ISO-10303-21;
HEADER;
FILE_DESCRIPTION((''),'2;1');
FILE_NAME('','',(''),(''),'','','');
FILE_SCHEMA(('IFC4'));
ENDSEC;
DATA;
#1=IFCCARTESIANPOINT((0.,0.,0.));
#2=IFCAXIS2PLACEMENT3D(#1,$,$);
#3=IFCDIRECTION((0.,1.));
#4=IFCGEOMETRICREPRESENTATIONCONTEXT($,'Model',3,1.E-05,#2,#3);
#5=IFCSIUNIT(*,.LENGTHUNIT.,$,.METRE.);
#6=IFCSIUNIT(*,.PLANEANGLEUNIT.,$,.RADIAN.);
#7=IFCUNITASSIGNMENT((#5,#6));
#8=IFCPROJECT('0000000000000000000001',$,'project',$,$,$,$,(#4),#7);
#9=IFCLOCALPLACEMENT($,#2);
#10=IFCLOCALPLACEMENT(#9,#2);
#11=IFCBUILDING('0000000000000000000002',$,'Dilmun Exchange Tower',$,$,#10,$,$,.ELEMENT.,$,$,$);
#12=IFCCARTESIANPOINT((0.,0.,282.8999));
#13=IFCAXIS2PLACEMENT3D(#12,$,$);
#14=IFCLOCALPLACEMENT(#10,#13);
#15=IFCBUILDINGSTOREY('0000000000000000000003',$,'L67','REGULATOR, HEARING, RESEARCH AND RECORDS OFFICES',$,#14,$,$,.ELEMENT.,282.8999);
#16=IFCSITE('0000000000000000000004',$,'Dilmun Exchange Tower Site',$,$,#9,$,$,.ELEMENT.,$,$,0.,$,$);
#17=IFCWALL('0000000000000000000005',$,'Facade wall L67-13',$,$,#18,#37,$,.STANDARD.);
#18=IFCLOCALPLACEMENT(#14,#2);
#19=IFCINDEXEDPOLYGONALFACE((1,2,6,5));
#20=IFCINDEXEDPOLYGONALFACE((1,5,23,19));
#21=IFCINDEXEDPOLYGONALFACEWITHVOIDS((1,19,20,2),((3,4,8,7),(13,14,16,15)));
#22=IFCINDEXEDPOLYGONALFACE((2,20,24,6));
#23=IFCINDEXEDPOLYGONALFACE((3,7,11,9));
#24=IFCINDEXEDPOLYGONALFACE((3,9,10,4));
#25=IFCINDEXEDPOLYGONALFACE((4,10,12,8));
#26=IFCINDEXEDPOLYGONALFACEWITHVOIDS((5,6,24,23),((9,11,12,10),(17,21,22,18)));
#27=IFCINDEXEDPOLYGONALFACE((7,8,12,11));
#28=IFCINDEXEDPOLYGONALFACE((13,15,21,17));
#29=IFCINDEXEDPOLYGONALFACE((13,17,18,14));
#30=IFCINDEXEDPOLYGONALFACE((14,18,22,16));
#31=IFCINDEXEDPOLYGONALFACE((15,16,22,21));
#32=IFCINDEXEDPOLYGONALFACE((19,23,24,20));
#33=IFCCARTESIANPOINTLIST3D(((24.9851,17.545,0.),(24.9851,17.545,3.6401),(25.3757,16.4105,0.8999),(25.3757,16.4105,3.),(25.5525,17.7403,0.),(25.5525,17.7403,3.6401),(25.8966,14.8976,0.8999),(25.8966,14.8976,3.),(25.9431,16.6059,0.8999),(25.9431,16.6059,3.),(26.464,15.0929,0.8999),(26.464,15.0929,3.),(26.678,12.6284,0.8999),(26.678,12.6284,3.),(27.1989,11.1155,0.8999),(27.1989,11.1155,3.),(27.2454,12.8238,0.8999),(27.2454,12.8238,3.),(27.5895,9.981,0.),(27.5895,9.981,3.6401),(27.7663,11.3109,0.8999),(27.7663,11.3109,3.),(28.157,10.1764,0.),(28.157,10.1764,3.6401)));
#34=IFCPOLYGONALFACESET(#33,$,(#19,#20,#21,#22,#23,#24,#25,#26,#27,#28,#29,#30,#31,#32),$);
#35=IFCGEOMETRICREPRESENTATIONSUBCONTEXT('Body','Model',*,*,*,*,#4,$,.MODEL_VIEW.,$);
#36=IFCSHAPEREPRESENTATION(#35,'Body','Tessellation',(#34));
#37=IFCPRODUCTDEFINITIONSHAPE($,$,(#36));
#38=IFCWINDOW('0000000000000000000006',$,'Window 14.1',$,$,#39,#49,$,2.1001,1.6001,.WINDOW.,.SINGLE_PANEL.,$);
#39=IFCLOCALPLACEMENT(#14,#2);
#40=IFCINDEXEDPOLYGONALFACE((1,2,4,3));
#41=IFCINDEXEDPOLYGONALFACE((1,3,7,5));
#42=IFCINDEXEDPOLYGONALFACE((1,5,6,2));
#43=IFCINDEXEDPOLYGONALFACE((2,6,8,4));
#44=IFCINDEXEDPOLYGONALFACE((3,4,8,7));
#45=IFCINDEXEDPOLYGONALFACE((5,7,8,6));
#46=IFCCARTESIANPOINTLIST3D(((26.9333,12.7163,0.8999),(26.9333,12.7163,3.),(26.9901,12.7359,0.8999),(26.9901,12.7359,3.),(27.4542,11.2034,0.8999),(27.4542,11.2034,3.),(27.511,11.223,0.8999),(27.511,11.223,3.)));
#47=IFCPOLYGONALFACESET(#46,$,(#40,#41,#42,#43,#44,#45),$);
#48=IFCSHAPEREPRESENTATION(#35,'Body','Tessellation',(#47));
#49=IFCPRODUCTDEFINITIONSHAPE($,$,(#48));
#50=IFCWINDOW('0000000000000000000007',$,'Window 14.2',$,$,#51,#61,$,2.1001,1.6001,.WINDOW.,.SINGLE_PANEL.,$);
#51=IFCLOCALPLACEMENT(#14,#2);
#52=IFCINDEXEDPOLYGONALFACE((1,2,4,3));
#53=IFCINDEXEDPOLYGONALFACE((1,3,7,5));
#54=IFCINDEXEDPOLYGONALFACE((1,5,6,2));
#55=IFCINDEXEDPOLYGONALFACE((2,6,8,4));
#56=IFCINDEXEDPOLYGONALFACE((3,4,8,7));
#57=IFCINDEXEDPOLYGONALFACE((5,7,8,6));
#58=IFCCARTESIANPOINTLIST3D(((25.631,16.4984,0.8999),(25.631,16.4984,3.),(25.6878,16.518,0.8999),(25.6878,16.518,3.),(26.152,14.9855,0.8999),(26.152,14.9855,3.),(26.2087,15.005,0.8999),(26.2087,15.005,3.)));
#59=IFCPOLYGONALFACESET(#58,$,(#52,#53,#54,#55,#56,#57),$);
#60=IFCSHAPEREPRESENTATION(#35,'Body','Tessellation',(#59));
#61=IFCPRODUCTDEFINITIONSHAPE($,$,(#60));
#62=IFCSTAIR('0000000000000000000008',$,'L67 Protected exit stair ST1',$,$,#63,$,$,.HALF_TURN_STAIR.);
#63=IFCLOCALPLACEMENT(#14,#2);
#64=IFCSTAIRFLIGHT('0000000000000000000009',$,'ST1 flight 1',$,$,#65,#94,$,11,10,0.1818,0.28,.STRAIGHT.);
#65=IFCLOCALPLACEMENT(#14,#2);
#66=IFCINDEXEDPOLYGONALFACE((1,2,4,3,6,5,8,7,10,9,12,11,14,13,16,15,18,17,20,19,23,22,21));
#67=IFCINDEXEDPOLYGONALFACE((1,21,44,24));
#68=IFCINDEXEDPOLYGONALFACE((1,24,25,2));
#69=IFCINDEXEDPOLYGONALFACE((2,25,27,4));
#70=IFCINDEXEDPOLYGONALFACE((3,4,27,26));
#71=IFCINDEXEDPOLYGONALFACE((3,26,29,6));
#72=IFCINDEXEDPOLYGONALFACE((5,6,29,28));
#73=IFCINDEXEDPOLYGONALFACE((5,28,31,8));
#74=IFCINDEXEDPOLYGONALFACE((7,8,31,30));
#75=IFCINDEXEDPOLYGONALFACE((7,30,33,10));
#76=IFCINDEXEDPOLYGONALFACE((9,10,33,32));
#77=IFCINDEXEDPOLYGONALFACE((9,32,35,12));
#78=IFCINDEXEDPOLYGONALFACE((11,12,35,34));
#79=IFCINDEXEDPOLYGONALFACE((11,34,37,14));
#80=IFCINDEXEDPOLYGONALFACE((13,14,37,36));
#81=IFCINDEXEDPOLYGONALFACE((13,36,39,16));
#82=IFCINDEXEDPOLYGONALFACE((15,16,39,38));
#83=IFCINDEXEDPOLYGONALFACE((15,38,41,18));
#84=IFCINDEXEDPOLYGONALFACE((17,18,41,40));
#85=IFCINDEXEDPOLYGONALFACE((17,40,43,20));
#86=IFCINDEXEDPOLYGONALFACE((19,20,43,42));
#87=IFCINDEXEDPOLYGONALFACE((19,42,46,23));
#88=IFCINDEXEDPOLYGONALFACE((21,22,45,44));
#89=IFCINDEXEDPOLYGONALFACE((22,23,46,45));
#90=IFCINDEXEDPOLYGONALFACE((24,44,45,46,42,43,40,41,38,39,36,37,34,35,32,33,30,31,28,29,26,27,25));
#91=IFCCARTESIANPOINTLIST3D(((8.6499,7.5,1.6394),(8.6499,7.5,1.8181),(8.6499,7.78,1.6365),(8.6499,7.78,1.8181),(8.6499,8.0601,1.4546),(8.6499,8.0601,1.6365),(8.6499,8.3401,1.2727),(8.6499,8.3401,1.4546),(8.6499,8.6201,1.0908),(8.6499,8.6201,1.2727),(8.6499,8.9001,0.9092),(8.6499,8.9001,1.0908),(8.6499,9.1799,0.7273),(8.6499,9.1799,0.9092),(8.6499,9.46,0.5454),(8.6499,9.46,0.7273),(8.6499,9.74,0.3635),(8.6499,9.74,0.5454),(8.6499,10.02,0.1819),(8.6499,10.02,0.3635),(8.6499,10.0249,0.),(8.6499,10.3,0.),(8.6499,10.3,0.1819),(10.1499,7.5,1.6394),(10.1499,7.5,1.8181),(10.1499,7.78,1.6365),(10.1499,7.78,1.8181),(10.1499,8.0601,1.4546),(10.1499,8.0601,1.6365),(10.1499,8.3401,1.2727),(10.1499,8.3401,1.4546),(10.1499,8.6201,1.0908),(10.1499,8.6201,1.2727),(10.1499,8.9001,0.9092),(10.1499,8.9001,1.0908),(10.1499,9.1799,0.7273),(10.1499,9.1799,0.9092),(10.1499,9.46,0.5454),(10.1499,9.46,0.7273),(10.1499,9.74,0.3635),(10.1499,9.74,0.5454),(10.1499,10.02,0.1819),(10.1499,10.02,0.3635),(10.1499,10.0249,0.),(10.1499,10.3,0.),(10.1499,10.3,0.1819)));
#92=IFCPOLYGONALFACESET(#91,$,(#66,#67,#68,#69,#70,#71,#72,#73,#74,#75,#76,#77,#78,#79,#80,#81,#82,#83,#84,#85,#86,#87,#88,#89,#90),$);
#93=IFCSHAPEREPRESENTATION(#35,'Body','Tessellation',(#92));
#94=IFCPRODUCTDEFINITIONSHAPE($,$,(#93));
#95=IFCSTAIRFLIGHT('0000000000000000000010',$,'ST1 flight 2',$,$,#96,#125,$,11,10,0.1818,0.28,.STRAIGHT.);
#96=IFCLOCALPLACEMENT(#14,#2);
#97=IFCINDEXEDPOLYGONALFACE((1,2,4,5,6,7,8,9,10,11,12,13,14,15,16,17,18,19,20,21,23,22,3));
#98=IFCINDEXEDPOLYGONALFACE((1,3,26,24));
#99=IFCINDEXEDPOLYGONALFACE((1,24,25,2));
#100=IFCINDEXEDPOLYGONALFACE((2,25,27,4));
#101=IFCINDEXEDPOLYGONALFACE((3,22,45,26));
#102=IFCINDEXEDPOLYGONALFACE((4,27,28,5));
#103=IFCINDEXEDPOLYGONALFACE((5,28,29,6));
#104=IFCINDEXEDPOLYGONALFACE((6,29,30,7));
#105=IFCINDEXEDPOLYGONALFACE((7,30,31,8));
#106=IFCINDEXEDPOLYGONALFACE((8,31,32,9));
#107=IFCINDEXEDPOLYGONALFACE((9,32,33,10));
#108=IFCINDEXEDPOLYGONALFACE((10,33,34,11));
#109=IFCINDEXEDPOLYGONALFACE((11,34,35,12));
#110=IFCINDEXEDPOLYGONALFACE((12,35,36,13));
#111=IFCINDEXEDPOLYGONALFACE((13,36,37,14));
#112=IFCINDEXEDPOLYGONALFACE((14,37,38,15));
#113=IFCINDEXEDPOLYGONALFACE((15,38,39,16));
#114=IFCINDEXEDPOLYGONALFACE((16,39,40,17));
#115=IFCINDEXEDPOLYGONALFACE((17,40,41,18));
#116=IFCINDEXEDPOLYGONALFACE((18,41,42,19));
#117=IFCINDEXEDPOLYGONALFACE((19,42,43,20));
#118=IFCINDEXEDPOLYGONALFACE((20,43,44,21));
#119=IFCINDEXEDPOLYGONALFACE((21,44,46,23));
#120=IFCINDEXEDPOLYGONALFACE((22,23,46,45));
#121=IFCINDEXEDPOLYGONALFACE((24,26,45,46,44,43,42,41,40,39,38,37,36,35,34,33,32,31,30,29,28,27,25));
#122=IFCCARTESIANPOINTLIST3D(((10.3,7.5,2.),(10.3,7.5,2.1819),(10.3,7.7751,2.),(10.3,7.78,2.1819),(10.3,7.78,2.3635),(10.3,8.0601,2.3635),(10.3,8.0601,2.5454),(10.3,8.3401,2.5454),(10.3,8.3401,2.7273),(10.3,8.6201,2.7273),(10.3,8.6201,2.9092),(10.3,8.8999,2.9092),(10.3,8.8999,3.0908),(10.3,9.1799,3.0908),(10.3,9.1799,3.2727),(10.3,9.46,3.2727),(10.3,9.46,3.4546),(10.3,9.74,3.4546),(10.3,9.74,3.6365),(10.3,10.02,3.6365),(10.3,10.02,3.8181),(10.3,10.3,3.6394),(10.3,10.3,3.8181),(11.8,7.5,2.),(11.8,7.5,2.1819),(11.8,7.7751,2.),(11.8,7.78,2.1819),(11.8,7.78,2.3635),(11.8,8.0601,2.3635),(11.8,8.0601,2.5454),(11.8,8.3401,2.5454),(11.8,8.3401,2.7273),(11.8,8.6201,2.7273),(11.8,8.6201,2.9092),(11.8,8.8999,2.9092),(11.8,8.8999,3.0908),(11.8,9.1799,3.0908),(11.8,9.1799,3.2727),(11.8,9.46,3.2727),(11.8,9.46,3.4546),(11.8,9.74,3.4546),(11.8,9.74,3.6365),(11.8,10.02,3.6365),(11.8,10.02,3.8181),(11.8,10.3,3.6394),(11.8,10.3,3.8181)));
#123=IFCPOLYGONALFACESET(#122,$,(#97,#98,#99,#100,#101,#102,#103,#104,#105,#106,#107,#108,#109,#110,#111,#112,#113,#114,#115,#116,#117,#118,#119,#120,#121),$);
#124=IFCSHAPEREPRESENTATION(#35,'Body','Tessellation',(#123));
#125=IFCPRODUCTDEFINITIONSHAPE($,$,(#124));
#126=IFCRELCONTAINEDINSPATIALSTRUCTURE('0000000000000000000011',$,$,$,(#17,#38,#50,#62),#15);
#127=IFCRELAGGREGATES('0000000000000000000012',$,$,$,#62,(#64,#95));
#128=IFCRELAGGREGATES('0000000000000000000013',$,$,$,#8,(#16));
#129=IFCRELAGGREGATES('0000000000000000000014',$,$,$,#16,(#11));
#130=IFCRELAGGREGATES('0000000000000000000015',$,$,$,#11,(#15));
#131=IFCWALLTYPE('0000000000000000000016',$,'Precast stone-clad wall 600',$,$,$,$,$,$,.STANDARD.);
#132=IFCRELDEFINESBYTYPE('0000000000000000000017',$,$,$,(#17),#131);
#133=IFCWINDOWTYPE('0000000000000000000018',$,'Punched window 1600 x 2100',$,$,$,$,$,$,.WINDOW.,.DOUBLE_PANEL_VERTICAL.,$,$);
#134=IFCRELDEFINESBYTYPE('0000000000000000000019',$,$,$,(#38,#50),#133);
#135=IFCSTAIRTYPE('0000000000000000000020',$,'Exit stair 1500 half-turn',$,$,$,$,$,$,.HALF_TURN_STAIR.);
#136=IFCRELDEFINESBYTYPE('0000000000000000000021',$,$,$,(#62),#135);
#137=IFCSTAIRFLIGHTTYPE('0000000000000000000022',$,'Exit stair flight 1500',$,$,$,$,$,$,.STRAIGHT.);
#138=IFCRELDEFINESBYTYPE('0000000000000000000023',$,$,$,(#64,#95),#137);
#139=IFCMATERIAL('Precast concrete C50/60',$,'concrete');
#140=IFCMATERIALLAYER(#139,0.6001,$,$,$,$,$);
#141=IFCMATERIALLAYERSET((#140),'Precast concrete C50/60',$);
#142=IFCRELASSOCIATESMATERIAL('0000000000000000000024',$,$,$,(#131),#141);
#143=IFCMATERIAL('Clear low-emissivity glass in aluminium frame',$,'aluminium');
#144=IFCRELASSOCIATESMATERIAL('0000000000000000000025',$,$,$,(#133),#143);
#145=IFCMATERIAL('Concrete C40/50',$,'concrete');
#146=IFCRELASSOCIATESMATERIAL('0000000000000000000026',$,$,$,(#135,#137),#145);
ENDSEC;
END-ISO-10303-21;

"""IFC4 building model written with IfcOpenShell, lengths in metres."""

from ifc_helpers import new_model, si_unit, direction, frame, frame_2d, origin, place, context, subcontext, project, spatial, polyline, rectangle, outline, extrude, material, layer, layer_set, type_object, element, fill, aggregate, save


model = new_model("IFC4")

# Units and contexts
model_context = context("Model", 3, precision=1e-05, world=origin(), true_north=direction((0.0, 1.0)))
body_context = subcontext(model_context, "Body", "Model", "MODEL_VIEW")
ifc_project = project(units=[si_unit("LENGTHUNIT", "METRE"), si_unit("PLANEANGLEUNIT", "RADIAN")], contexts=[model_context])

# Site, building, storey
site_placement = place(None, origin())
site = spatial("IfcSite", under=ifc_project, at=site_placement, Name="Dilmun Exchange Tower Site", CompositionType="ELEMENT", RefElevation=0.0)
building_placement = place(site_placement, origin())
building = spatial("IfcBuilding", under=site, at=building_placement, Name="Dilmun Exchange Tower", CompositionType="ELEMENT")
storey_placement = place(building_placement, frame((0.0, 0.0, 282.8999)))
storey = spatial("IfcBuildingStorey", under=building, at=storey_placement, Name="L67", Description="REGULATOR, HEARING, RESEARCH AND RECORDS OFFICES", CompositionType="ELEMENT", Elevation=282.8999)

# Shared definitions
ifc_material_1 = material(Name="Concrete C40/50", Category="concrete")

# Shared definitions
ifc_material_2 = material(Name="Precast concrete C50/60", Category="concrete")
ifc_layer_1 = layer(ifc_material_2, 0.6001)
ifc_layer_set_1 = layer_set([ifc_layer_1], Name="Precast concrete C50/60")
wall_type_1 = type_object("IfcWallType", Name="Precast stone-clad wall 600", PredefinedType="STANDARD", material=ifc_layer_set_1)
ifc_material_3 = material(Name="Clear low-emissivity glass in aluminium frame", Category="aluminium")
window_type = type_object("IfcWindowType", Name="Punched window 1600 x 2100", PartitioningType="DOUBLE_PANEL_VERTICAL", PredefinedType="WINDOW", material=ifc_material_3)

# Wall, openings, windows
wall_1_placement = place(storey_placement, frame((27.8733, 10.0786, 0.0), z_axis=(0.0, 0.0, 1.0), x_axis=(-0.325569, 0.945518, 0.0)))
wall_1 = element("IfcWall", 1, at=wall_1_placement, inside=storey, type_object=wall_type_1, Name="Facade wall L67-13", PredefinedType="STANDARD", context=body_context, shape_type="SweptSolid", body=[
    extrude(rectangle(XDim=7.9998, YDim=0.6001, at=frame_2d((4.0, 0.0))), origin(), (0.0, 0.0, 1.0), 3.6401),
])
opening_1_placement = place(wall_1_placement, frame((1.2, 0.0, 0.8999)))
opening_1 = element("IfcOpeningElement", 2, at=opening_1_placement, cuts=wall_1, PredefinedType="OPENING", context=body_context, shape_type="SweptSolid", body=[
    extrude(rectangle(XDim=1.6001, YDim=2.1001, at=frame_2d((0.8, 1.05))), frame((0.0, 0.3101, 0.0), z_axis=(0.0, -1.0, 0.0), x_axis=(1.0, 0.0, 0.0)), (0.0, 0.0, 1.0), 0.6201),
])
opening_2_placement = place(wall_1_placement, frame((5.2, 0.0, 0.8999)))
opening_2 = element("IfcOpeningElement", 3, at=opening_2_placement, cuts=wall_1, PredefinedType="OPENING", context=body_context, shape_type="SweptSolid", body=[
    extrude(rectangle(XDim=1.6001, YDim=2.1001, at=frame_2d((0.8, 1.05))), frame((0.0, 0.3101, 0.0), z_axis=(0.0, -1.0, 0.0), x_axis=(1.0, 0.0, 0.0)), (0.0, 0.0, 1.0), 0.6201),
])
window_1_placement = place(opening_1_placement, origin())
window_1 = element("IfcWindow", 4, at=window_1_placement, inside=storey, type_object=window_type, Name="Window 14.1", OverallHeight=2.1001, OverallWidth=1.6001, PartitioningType="SINGLE_PANEL", PredefinedType="WINDOW", context=body_context, shape_type="SweptSolid", body=[
    extrude(rectangle(XDim=1.6001, YDim=2.1001, at=frame_2d((0.8, 1.05))), frame((0.0, 0.03, 0.0), z_axis=(0.0, -1.0, 0.0), x_axis=(1.0, 0.0, 0.0)), (0.0, 0.0, 1.0), 0.0601),
])
fill(opening_1, window_1)
window_2_placement = place(opening_2_placement, origin())
window_2 = element("IfcWindow", 5, at=window_2_placement, inside=storey, type_object=window_type, Name="Window 14.2", OverallHeight=2.1001, OverallWidth=1.6001, PartitioningType="SINGLE_PANEL", PredefinedType="WINDOW", context=body_context, shape_type="SweptSolid", body=[
    extrude(rectangle(XDim=1.6001, YDim=2.1001, at=frame_2d((0.8, 1.05))), frame((0.0, 0.03, 0.0), z_axis=(0.0, -1.0, 0.0), x_axis=(1.0, 0.0, 0.0)), (0.0, 0.0, 1.0), 0.0601),
])
fill(opening_2, window_2)

# Stair, stair flights
stair_type = type_object("IfcStairType", Name="Exit stair 1500 half-turn", PredefinedType="HALF_TURN_STAIR", material=ifc_material_1)
stair_placement = place(storey_placement, origin())
stair = element("IfcStair", 6, at=stair_placement, inside=storey, type_object=stair_type, Name="L67 Protected exit stair ST1", PredefinedType="HALF_TURN_STAIR")
stair_flight_type = type_object("IfcStairFlightType", Name="Exit stair flight 1500", PredefinedType="STRAIGHT", material=ifc_material_1)
stair_flight_1_placement = place(storey_placement, frame((9.3999, 10.3, 0.0), z_axis=(0.0, 0.0, 1.0), x_axis=(0.0, -1.0, 0.0)))
stair_flight_1 = element("IfcStairFlight", 7, at=stair_flight_1_placement, type_object=stair_flight_type, Name="ST1 flight 1", NumberOfRisers=11, NumberOfTreads=10, PredefinedType="STRAIGHT", RiserHeight=0.1818, TreadLength=0.28, context=body_context, shape_type="SweptSolid", body=[
    extrude(outline(polyline([(0.0, 0.0), (0.0, 0.1819), (0.28, 0.1819), (0.28, 0.3635), (0.5601, 0.3635), (0.5601, 0.5454), (0.8401, 0.5454), (0.8401, 0.7273), (1.1201, 0.7273), (1.1201, 0.9092), (1.3999, 0.9092), (1.3999, 1.0908), (1.6799, 1.0908), (1.6799, 1.2727), (1.96, 1.2727), (1.96, 1.4546), (2.24, 1.4546), (2.24, 1.6365), (2.52, 1.6365), (2.52, 1.8181), (2.8, 1.8181), (2.8, 2.0), (2.8, 1.6394), (0.2751, 0.0), (0.0, 0.0)])), frame((0.0, 0.75, 0.0), z_axis=(0.0, -1.0, 0.0), x_axis=(1.0, 0.0, 0.0)), (0.0, 0.0, 1.0), 1.5),
])
stair_flight_2_placement = place(storey_placement, frame((11.05, 7.5, 2.0), z_axis=(0.0, 0.0, 1.0), x_axis=(0.0, 1.0, 0.0)))
stair_flight_2 = element("IfcStairFlight", 8, at=stair_flight_2_placement, type_object=stair_flight_type, Name="ST1 flight 2", NumberOfRisers=11, NumberOfTreads=10, PredefinedType="STRAIGHT", RiserHeight=0.1818, TreadLength=0.28, context=body_context, shape_type="SweptSolid", body=[
    extrude(outline(polyline([(0.0, 0.0), (0.0, 0.1819), (0.28, 0.1819), (0.28, 0.3635), (0.5601, 0.3635), (0.5601, 0.5454), (0.8401, 0.5454), (0.8401, 0.7273), (1.1201, 0.7273), (1.1201, 0.9092), (1.3999, 0.9092), (1.3999, 1.0908), (1.6799, 1.0908), (1.6799, 1.2727), (1.96, 1.2727), (1.96, 1.4546), (2.24, 1.4546), (2.24, 1.6365), (2.52, 1.6365), (2.52, 1.8181), (2.8, 1.8181), (2.8, 2.0), (2.8, 1.6394), (0.2751, 0.0), (0.0, 0.0)])), frame((0.0, 0.75, 0.0), z_axis=(0.0, -1.0, 0.0), x_axis=(1.0, 0.0, 0.0)), (0.0, 0.0, 1.0), 1.5),
])
aggregate(stair, [stair_flight_1, stair_flight_2])

save(model, "model.ifc")
